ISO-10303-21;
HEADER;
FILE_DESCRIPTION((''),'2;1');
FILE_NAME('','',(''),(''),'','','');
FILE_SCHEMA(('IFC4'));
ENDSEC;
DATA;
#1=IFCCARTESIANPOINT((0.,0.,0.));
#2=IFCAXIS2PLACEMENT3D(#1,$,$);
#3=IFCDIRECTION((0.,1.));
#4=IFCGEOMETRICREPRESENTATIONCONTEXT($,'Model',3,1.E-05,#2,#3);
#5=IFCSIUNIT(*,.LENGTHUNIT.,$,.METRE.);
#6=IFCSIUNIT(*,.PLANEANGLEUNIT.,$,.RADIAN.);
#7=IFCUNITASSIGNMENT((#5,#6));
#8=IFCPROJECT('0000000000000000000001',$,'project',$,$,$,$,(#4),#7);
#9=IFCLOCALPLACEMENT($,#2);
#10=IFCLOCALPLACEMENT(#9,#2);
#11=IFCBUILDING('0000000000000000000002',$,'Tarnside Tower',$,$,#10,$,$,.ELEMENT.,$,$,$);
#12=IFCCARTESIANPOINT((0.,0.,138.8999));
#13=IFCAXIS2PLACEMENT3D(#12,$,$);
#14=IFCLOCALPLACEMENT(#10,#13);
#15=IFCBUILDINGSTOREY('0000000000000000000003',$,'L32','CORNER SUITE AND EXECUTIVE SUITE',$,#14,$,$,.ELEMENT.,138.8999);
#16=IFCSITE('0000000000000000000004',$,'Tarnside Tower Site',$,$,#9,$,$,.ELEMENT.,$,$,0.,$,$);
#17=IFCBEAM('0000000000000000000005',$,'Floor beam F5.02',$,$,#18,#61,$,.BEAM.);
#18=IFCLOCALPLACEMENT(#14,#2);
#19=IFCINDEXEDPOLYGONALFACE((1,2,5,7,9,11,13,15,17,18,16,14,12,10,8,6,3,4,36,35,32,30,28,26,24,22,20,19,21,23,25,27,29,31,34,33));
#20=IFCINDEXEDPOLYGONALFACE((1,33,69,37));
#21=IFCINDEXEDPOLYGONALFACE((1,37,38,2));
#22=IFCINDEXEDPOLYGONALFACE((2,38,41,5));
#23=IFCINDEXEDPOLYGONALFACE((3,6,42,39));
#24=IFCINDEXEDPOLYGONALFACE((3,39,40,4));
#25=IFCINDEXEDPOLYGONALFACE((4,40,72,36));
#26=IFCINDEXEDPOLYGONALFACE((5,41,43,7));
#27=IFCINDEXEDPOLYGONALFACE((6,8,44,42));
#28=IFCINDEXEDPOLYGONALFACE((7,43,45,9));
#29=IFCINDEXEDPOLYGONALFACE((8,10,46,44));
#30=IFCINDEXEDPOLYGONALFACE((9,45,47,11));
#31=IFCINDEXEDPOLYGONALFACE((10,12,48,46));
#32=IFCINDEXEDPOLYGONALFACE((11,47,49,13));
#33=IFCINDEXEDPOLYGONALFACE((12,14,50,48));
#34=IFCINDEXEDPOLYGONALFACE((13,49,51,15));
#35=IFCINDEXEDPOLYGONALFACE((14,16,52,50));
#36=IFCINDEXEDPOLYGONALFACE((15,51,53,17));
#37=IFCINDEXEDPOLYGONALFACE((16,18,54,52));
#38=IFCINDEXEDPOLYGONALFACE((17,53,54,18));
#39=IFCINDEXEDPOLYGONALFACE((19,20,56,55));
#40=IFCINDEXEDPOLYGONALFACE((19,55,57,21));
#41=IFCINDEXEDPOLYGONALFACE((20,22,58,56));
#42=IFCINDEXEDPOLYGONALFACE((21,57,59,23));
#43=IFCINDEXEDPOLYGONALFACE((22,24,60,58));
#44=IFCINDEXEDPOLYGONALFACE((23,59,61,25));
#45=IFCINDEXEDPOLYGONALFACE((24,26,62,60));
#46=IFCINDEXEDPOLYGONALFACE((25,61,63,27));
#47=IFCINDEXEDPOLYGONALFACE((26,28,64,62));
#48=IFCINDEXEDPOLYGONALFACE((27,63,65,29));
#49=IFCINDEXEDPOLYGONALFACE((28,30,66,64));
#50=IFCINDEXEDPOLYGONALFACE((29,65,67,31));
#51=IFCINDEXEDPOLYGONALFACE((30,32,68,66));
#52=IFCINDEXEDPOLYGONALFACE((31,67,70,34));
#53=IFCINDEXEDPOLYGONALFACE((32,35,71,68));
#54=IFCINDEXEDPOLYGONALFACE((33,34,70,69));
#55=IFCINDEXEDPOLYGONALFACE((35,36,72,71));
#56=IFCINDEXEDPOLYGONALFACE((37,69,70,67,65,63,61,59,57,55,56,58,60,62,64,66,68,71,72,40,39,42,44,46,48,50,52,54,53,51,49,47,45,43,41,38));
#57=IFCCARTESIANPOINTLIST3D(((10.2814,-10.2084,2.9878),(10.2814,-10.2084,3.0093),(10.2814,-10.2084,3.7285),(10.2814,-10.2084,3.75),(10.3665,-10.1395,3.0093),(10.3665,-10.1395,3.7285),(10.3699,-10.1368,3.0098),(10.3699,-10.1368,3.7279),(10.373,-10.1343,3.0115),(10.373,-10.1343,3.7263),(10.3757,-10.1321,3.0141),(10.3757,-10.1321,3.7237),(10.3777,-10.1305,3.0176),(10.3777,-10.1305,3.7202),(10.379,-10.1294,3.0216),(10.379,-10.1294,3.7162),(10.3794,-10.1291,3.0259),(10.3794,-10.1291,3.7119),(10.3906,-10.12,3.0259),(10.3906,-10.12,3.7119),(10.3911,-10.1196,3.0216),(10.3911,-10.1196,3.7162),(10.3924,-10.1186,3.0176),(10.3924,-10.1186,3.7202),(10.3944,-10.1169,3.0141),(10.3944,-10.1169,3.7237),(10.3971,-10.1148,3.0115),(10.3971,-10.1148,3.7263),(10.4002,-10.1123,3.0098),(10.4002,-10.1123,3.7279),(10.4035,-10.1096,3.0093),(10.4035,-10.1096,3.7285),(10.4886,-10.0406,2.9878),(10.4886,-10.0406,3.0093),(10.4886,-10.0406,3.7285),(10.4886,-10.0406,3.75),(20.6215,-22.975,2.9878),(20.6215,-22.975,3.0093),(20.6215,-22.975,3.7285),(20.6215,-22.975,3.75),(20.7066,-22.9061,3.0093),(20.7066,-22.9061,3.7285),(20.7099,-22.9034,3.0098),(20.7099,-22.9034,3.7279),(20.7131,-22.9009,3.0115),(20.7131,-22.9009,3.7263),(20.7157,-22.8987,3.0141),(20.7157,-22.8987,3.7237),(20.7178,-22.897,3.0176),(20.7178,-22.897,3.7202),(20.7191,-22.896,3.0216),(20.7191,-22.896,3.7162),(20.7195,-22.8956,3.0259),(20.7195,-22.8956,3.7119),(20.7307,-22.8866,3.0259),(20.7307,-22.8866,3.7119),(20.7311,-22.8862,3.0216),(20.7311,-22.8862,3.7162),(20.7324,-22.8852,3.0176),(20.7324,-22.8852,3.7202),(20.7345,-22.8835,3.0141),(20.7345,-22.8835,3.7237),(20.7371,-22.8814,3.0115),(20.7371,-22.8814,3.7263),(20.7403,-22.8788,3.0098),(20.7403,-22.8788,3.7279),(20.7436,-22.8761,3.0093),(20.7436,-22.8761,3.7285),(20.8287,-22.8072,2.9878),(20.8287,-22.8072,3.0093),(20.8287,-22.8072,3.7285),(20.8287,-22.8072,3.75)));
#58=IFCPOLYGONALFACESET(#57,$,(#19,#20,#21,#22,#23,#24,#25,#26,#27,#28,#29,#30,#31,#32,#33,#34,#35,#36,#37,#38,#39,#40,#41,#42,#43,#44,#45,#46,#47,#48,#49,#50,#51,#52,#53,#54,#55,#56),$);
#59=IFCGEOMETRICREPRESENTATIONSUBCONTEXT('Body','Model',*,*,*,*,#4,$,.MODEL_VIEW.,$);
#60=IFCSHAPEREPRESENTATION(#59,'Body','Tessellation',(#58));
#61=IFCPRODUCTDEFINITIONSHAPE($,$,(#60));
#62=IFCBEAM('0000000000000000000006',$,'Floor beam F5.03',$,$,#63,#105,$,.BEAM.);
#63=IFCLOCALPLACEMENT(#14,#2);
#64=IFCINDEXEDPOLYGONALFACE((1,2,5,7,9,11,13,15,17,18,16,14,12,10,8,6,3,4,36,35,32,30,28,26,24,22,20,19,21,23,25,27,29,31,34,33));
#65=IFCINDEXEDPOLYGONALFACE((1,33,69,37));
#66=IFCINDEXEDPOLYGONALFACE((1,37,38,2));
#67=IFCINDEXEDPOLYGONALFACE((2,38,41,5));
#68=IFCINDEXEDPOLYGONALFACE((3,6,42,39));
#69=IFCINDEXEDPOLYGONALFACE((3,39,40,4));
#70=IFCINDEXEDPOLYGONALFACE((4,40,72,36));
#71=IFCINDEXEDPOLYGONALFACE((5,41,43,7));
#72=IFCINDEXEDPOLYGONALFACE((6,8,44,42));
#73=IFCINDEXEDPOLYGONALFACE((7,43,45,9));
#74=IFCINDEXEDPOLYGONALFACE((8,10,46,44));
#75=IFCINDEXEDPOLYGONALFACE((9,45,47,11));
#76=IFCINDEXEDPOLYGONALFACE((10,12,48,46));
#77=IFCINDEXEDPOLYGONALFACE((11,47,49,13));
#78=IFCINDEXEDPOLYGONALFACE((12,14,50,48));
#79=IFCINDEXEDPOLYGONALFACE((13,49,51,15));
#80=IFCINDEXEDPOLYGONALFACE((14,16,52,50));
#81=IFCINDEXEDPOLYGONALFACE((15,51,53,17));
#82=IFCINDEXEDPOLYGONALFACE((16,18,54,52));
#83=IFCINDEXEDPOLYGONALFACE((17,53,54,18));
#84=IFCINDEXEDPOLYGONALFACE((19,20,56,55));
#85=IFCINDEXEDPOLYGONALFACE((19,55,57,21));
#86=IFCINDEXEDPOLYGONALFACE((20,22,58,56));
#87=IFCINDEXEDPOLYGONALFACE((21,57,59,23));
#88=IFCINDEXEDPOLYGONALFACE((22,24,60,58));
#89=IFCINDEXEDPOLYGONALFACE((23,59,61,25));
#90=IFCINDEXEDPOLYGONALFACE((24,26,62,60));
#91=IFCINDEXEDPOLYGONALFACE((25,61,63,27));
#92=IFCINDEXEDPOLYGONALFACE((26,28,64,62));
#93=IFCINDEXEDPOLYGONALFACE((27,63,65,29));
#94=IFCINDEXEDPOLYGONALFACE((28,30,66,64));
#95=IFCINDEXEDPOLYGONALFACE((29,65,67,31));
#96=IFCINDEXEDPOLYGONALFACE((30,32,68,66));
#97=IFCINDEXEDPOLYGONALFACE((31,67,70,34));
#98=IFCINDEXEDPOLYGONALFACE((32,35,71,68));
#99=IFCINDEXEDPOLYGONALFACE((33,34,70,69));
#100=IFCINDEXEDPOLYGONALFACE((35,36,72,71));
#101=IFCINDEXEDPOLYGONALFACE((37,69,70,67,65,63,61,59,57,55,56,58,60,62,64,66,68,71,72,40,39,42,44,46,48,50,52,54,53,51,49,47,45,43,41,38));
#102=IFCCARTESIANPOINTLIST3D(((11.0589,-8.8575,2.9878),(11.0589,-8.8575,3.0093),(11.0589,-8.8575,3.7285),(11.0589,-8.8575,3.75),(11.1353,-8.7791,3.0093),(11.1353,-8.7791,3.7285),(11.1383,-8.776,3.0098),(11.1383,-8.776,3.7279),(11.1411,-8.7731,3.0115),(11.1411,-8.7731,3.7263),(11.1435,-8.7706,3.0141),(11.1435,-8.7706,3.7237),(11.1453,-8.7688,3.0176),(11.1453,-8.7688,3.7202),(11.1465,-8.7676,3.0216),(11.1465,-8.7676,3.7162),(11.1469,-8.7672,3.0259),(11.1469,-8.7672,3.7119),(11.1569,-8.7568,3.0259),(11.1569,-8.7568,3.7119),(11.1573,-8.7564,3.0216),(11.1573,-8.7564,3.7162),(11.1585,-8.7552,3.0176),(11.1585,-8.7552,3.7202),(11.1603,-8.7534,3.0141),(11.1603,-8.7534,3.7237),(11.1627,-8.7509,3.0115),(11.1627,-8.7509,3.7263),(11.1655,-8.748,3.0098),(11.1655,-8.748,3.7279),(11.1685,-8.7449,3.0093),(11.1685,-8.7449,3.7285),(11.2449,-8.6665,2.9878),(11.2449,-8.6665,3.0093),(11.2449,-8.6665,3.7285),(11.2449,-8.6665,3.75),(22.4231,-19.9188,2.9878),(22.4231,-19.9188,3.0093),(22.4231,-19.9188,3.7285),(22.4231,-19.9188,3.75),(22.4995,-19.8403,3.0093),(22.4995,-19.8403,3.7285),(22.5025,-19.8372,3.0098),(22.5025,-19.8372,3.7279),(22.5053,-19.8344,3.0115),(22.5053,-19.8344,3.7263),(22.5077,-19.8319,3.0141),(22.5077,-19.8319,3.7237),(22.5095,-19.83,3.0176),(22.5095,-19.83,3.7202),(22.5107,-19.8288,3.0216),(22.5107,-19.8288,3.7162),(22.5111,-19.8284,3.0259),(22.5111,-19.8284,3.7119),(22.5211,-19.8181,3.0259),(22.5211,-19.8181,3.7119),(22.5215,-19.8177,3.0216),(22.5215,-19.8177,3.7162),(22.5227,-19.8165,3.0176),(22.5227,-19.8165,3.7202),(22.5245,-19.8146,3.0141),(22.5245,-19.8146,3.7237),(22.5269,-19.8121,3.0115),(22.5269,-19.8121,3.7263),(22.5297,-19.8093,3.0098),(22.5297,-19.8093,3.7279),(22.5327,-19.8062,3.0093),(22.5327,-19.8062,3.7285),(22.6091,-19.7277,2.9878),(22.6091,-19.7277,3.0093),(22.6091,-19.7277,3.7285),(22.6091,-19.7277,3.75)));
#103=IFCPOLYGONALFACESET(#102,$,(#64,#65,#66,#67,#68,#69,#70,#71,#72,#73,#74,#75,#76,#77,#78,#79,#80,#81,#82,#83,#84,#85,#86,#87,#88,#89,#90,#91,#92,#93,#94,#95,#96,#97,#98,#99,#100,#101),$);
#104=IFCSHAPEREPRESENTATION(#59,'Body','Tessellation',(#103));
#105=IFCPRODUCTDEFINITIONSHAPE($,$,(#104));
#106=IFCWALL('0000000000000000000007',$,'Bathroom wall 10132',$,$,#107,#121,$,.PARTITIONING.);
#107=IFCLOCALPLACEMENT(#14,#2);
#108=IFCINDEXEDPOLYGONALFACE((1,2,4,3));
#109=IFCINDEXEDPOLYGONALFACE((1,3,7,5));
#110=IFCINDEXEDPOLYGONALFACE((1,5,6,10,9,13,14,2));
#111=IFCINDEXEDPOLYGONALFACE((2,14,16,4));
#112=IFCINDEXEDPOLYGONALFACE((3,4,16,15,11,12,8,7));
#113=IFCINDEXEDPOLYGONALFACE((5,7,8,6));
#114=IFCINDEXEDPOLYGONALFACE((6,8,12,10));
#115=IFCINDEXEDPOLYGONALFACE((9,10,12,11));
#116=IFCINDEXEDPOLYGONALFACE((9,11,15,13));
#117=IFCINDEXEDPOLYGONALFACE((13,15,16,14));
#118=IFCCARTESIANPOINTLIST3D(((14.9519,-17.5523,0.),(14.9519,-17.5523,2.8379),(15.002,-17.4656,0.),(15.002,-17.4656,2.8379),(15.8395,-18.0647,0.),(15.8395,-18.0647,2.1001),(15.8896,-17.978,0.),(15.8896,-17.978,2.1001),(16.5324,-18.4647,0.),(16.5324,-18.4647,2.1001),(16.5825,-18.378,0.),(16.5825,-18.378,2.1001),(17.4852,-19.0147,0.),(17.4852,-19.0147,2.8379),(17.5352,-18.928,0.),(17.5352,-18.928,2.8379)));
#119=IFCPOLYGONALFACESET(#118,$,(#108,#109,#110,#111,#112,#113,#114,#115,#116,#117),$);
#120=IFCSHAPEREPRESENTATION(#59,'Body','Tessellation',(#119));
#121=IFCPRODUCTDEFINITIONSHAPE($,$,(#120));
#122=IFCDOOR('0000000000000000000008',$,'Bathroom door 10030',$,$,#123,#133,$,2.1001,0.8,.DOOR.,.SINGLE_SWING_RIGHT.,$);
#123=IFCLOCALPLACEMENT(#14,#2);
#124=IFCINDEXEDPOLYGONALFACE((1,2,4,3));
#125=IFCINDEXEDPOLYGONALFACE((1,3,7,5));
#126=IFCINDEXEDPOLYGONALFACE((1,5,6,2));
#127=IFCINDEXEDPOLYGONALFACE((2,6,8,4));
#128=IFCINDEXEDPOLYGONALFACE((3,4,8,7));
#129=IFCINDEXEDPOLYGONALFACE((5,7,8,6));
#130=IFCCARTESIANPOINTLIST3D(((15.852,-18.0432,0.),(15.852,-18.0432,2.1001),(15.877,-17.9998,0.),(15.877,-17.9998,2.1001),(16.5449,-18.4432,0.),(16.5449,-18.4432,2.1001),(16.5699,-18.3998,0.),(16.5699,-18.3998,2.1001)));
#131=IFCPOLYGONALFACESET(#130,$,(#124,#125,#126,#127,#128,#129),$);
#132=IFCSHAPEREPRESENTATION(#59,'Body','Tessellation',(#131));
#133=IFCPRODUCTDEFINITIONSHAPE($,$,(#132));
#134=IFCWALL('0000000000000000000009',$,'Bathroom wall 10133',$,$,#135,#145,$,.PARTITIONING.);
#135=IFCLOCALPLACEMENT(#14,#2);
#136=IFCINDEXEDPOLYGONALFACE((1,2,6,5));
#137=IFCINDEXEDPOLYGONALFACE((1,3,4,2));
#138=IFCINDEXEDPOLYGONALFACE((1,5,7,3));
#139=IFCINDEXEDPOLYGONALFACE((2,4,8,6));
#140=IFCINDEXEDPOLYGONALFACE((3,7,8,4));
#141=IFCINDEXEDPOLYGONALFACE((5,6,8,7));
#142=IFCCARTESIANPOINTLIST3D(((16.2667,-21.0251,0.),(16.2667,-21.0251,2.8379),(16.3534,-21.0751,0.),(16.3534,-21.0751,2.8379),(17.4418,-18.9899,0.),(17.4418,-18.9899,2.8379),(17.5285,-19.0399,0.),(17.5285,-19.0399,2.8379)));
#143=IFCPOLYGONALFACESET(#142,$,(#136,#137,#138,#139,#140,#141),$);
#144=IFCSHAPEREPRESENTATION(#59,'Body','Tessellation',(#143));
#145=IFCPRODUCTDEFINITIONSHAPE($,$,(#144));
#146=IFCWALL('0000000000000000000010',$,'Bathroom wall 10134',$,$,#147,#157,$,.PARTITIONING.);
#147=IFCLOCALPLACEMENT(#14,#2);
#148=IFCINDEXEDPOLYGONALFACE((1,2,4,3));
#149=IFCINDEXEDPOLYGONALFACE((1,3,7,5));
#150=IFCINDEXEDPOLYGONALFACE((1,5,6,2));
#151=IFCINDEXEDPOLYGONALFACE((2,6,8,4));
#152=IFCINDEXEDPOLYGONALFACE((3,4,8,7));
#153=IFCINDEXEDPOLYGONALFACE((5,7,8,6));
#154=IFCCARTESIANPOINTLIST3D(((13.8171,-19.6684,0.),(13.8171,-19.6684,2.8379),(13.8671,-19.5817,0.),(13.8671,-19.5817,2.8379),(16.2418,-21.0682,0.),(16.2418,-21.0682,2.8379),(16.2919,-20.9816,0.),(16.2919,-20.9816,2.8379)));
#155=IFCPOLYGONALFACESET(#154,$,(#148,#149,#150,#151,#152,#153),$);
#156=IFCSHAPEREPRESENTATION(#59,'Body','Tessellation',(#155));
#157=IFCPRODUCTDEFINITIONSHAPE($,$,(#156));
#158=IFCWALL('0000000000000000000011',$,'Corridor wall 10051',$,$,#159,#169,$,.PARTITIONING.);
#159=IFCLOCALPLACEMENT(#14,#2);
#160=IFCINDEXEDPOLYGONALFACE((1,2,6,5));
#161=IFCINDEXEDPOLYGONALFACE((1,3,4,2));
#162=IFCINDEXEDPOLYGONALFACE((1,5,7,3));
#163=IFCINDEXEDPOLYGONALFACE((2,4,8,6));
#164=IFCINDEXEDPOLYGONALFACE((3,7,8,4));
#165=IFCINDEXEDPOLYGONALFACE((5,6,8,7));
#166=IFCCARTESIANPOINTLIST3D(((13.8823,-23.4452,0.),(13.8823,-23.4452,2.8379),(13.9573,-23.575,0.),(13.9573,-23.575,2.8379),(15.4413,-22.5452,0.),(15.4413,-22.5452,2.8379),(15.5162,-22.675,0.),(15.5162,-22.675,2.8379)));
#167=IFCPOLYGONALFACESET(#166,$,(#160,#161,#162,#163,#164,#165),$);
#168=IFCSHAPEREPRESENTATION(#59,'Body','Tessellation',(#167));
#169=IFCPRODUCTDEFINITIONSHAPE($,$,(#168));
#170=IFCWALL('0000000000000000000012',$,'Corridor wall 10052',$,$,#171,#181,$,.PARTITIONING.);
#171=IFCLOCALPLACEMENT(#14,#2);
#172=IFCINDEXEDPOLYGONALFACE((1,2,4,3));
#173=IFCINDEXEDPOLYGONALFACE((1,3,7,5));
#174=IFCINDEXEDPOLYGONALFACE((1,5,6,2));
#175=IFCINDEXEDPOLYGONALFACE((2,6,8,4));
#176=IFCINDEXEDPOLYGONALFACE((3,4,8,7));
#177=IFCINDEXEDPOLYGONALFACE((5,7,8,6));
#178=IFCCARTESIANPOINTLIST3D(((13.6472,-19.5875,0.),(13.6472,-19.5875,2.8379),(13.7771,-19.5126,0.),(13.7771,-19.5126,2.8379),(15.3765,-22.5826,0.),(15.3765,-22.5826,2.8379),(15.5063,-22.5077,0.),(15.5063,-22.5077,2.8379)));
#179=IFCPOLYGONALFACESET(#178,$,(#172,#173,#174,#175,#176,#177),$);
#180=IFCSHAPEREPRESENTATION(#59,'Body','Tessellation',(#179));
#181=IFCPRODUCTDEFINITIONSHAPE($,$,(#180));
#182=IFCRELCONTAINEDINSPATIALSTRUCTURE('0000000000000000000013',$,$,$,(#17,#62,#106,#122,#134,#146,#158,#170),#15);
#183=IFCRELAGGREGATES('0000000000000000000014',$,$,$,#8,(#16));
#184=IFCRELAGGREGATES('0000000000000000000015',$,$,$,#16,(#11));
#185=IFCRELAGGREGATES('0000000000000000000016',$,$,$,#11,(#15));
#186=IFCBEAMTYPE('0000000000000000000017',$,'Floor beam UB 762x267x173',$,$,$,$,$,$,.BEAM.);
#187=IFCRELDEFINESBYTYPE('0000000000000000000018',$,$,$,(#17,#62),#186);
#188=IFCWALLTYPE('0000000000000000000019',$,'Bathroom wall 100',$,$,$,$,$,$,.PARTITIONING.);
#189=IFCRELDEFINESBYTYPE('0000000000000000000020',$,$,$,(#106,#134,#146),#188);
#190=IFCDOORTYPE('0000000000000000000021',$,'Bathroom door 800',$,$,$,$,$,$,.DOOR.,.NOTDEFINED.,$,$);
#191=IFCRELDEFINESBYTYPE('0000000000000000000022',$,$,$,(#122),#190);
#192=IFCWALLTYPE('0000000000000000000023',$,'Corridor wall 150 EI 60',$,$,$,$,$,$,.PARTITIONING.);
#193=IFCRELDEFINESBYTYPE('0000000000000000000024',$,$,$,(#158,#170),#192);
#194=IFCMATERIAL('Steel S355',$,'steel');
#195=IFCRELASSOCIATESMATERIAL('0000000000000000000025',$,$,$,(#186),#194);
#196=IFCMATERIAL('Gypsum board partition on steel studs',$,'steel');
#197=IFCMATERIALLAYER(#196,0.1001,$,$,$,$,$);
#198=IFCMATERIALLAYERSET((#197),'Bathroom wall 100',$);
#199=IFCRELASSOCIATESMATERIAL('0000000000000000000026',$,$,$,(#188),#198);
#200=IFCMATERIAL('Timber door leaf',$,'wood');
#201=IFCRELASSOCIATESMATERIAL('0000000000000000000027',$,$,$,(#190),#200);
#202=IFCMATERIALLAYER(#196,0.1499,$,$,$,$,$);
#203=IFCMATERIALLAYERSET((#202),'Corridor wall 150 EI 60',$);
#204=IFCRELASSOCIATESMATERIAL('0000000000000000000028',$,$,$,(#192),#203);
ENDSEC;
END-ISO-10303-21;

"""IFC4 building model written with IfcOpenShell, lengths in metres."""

from ifc_helpers import new_model, si_unit, direction, frame, frame_2d, origin, origin_2d, place, context, subcontext, project, spatial, rectangle, i_section, extrude, material, layer, layer_set, material_profile, profile_set, type_object, element, fill, save


model = new_model("IFC4")

# Units and contexts
model_context = context("Model", 3, precision=1e-05, world=origin(), true_north=direction((0.0, 1.0)))
body_context = subcontext(model_context, "Body", "Model", "MODEL_VIEW")
ifc_project = project(units=[si_unit("LENGTHUNIT", "METRE"), si_unit("PLANEANGLEUNIT", "RADIAN")], contexts=[model_context])

# Site, building, storey
site_placement = place(None, origin())
site = spatial("IfcSite", under=ifc_project, at=site_placement, Name="Tarnside Tower Site", CompositionType="ELEMENT", RefElevation=0.0)
building_placement = place(site_placement, origin())
building = spatial("IfcBuilding", under=site, at=building_placement, Name="Tarnside Tower", CompositionType="ELEMENT")
storey_placement = place(building_placement, frame((0.0, 0.0, 138.8999)))
storey = spatial("IfcBuildingStorey", under=building, at=storey_placement, Name="L32", Description="CORNER SUITE AND EXECUTIVE SUITE", CompositionType="ELEMENT", Elevation=138.8999)

# Beams
ifc_material_1 = material(Name="Steel S355", Category="steel")
ifc_material_profile = material_profile(ifc_material_1, i_section(OverallWidth=0.2666, OverallDepth=0.7622, WebThickness=0.0144, FlangeThickness=0.0215, FilletRadius=0.0166, at=origin_2d()), Name="UB 762x267x173")
ifc_profile_set = profile_set([ifc_material_profile], Name="Steel S355")
beam_type = type_object("IfcBeamType", Name="Floor beam UB 762x267x173", PredefinedType="BEAM", material=ifc_profile_set)
beam_1_placement = place(storey_placement, frame((20.7251, -22.8911, 3.3689), z_axis=(-0.62939, 0.777089, 0.0), x_axis=(-0.777089, -0.62939, 0.0)))
element("IfcBeam", 1, at=beam_1_placement, inside=storey, type_object=beam_type, Name="Floor beam F5.02", PredefinedType="BEAM", context=body_context, shape_type="SweptSolid", body=[
    extrude(i_section(OverallWidth=0.2666, OverallDepth=0.7622, WebThickness=0.0144, FlangeThickness=0.0215, FilletRadius=0.0166, at=origin_2d()), origin(), (0.0, 0.0, 1.0), 16.4287),
])
beam_2_placement = place(storey_placement, frame((22.5161, -19.8232, 3.3689), z_axis=(-0.716595, 0.69749, 0.0), x_axis=(-0.69749, -0.716595, 0.0)))
element("IfcBeam", 2, at=beam_2_placement, inside=storey, type_object=beam_type, Name="Floor beam F5.03", PredefinedType="BEAM", context=body_context, shape_type="SweptSolid", body=[
    extrude(i_section(OverallWidth=0.2666, OverallDepth=0.7622, WebThickness=0.0144, FlangeThickness=0.0215, FilletRadius=0.0166, at=origin_2d()), origin(), (0.0, 0.0, 1.0), 15.8586),
])

# Wall, opening, door
ifc_material_2 = material(Name="Gypsum board partition on steel studs", Category="steel")
ifc_layer_1 = layer(ifc_material_2, 0.1001)
ifc_layer_set_1 = layer_set([ifc_layer_1], Name="Bathroom wall 100")
wall_type_1 = type_object("IfcWallType", Name="Bathroom wall 100", PredefinedType="PARTITIONING", material=ifc_layer_set_1)
wall_1_placement = place(storey_placement, frame((14.9771, -17.509, 0.0), z_axis=(0.0, 0.0, 1.0), x_axis=(0.866047, -0.499963, 0.0)))
wall_1 = element("IfcWall", 3, at=wall_1_placement, inside=storey, type_object=wall_type_1, Name="Bathroom wall 10132", PredefinedType="PARTITIONING", context=body_context, shape_type="SweptSolid", body=[
    extrude(rectangle(XDim=2.925, YDim=0.1001, at=frame_2d((1.4624, 0.0))), origin(), (0.0, 0.0, 1.0), 2.8379),
])
opening_1_placement = place(wall_1_placement, frame((1.0249, 0.0, 0.0)))
opening_1 = element("IfcOpeningElement", 4, at=opening_1_placement, cuts=wall_1, PredefinedType="OPENING", context=body_context, shape_type="SweptSolid", body=[
    extrude(rectangle(XDim=0.8, YDim=2.1001, at=frame_2d((0.3999, 1.05))), frame((0.0, 0.0601, 0.0), z_axis=(0.0, -1.0, 0.0), x_axis=(1.0, 0.0, 0.0)), (0.0, 0.0, 1.0), 0.1201),
])
ifc_material_3 = material(Name="Timber door leaf", Category="wood")
door_type_1 = type_object("IfcDoorType", Name="Bathroom door 800", OperationType="NOTDEFINED", PredefinedType="DOOR", material=ifc_material_3)
door_1_placement = place(opening_1_placement, origin())
door_1 = element("IfcDoor", 5, at=door_1_placement, inside=storey, type_object=door_type_1, Name="Bathroom door 10030", OperationType="SINGLE_SWING_RIGHT", OverallHeight=2.1001, OverallWidth=0.8, PredefinedType="DOOR", context=body_context, shape_type="SweptSolid", body=[
    extrude(rectangle(XDim=0.8, YDim=2.1001, at=frame_2d((0.3999, 1.05))), frame((0.0, 0.0249, 0.0), z_axis=(0.0, -1.0, 0.0), x_axis=(1.0, 0.0, 0.0)), (0.0, 0.0, 1.0), 0.05),
])
fill(opening_1, door_1)

# Walls
wall_2_placement = place(storey_placement, frame((17.4851, -19.0149, 0.0), z_axis=(0.0, 0.0, 1.0), x_axis=(-0.500016, -0.866016, 0.0)))
element("IfcWall", 6, at=wall_2_placement, inside=storey, type_object=wall_type_1, Name="Bathroom wall 10133", PredefinedType="PARTITIONING", context=body_context, shape_type="SweptSolid", body=[
    extrude(rectangle(XDim=2.3501, YDim=0.1001, at=frame_2d((1.175, 0.0))), origin(), (0.0, 0.0, 1.0), 2.8379),
])
wall_3_placement = place(storey_placement, frame((16.2668, -21.0249, 0.0), z_axis=(0.0, 0.0, 1.0), x_axis=(-0.866035, 0.499984, 0.0)))
element("IfcWall", 7, at=wall_3_placement, inside=storey, type_object=wall_type_1, Name="Bathroom wall 10134", PredefinedType="PARTITIONING", context=body_context, shape_type="SweptSolid", body=[
    extrude(rectangle(XDim=2.7998, YDim=0.1001, at=frame_2d((1.3999, 0.0))), origin(), (0.0, 0.0, 1.0), 2.8379),
])
ifc_layer_2 = layer(ifc_material_2, 0.1499)
ifc_layer_set_2 = layer_set([ifc_layer_2], Name="Corridor wall 150 EI 60")
wall_type_2 = type_object("IfcWallType", Name="Corridor wall 150 EI 60", PredefinedType="PARTITIONING", material=ifc_layer_set_2)
wall_4_placement = place(storey_placement, frame((13.9199, -23.51, 0.0), z_axis=(0.0, 0.0, 1.0), x_axis=(0.866048, 0.499961, 0.0)))
element("IfcWall", 8, at=wall_4_placement, inside=storey, type_object=wall_type_2, Name="Corridor wall 10051", PredefinedType="PARTITIONING", context=body_context, shape_type="SweptSolid", body=[
    extrude(rectangle(XDim=1.8, YDim=0.1499, at=frame_2d((0.8999, 0.0))), origin(), (0.0, 0.0, 1.0), 2.8379),
])
wall_5_placement = place(storey_placement, frame((15.4414, -22.5452, 0.0), z_axis=(0.0, 0.0, 1.0), x_axis=(-0.500004, 0.866023, 0.0)))
element("IfcWall", 9, at=wall_5_placement, inside=storey, type_object=wall_type_2, Name="Corridor wall 10052", PredefinedType="PARTITIONING", context=body_context, shape_type="SweptSolid", body=[
    extrude(rectangle(XDim=3.4585, YDim=0.1499, at=frame_2d((1.7292, 0.0))), origin(), (0.0, 0.0, 1.0), 2.8379),
])

save(model, "model.ifc")
